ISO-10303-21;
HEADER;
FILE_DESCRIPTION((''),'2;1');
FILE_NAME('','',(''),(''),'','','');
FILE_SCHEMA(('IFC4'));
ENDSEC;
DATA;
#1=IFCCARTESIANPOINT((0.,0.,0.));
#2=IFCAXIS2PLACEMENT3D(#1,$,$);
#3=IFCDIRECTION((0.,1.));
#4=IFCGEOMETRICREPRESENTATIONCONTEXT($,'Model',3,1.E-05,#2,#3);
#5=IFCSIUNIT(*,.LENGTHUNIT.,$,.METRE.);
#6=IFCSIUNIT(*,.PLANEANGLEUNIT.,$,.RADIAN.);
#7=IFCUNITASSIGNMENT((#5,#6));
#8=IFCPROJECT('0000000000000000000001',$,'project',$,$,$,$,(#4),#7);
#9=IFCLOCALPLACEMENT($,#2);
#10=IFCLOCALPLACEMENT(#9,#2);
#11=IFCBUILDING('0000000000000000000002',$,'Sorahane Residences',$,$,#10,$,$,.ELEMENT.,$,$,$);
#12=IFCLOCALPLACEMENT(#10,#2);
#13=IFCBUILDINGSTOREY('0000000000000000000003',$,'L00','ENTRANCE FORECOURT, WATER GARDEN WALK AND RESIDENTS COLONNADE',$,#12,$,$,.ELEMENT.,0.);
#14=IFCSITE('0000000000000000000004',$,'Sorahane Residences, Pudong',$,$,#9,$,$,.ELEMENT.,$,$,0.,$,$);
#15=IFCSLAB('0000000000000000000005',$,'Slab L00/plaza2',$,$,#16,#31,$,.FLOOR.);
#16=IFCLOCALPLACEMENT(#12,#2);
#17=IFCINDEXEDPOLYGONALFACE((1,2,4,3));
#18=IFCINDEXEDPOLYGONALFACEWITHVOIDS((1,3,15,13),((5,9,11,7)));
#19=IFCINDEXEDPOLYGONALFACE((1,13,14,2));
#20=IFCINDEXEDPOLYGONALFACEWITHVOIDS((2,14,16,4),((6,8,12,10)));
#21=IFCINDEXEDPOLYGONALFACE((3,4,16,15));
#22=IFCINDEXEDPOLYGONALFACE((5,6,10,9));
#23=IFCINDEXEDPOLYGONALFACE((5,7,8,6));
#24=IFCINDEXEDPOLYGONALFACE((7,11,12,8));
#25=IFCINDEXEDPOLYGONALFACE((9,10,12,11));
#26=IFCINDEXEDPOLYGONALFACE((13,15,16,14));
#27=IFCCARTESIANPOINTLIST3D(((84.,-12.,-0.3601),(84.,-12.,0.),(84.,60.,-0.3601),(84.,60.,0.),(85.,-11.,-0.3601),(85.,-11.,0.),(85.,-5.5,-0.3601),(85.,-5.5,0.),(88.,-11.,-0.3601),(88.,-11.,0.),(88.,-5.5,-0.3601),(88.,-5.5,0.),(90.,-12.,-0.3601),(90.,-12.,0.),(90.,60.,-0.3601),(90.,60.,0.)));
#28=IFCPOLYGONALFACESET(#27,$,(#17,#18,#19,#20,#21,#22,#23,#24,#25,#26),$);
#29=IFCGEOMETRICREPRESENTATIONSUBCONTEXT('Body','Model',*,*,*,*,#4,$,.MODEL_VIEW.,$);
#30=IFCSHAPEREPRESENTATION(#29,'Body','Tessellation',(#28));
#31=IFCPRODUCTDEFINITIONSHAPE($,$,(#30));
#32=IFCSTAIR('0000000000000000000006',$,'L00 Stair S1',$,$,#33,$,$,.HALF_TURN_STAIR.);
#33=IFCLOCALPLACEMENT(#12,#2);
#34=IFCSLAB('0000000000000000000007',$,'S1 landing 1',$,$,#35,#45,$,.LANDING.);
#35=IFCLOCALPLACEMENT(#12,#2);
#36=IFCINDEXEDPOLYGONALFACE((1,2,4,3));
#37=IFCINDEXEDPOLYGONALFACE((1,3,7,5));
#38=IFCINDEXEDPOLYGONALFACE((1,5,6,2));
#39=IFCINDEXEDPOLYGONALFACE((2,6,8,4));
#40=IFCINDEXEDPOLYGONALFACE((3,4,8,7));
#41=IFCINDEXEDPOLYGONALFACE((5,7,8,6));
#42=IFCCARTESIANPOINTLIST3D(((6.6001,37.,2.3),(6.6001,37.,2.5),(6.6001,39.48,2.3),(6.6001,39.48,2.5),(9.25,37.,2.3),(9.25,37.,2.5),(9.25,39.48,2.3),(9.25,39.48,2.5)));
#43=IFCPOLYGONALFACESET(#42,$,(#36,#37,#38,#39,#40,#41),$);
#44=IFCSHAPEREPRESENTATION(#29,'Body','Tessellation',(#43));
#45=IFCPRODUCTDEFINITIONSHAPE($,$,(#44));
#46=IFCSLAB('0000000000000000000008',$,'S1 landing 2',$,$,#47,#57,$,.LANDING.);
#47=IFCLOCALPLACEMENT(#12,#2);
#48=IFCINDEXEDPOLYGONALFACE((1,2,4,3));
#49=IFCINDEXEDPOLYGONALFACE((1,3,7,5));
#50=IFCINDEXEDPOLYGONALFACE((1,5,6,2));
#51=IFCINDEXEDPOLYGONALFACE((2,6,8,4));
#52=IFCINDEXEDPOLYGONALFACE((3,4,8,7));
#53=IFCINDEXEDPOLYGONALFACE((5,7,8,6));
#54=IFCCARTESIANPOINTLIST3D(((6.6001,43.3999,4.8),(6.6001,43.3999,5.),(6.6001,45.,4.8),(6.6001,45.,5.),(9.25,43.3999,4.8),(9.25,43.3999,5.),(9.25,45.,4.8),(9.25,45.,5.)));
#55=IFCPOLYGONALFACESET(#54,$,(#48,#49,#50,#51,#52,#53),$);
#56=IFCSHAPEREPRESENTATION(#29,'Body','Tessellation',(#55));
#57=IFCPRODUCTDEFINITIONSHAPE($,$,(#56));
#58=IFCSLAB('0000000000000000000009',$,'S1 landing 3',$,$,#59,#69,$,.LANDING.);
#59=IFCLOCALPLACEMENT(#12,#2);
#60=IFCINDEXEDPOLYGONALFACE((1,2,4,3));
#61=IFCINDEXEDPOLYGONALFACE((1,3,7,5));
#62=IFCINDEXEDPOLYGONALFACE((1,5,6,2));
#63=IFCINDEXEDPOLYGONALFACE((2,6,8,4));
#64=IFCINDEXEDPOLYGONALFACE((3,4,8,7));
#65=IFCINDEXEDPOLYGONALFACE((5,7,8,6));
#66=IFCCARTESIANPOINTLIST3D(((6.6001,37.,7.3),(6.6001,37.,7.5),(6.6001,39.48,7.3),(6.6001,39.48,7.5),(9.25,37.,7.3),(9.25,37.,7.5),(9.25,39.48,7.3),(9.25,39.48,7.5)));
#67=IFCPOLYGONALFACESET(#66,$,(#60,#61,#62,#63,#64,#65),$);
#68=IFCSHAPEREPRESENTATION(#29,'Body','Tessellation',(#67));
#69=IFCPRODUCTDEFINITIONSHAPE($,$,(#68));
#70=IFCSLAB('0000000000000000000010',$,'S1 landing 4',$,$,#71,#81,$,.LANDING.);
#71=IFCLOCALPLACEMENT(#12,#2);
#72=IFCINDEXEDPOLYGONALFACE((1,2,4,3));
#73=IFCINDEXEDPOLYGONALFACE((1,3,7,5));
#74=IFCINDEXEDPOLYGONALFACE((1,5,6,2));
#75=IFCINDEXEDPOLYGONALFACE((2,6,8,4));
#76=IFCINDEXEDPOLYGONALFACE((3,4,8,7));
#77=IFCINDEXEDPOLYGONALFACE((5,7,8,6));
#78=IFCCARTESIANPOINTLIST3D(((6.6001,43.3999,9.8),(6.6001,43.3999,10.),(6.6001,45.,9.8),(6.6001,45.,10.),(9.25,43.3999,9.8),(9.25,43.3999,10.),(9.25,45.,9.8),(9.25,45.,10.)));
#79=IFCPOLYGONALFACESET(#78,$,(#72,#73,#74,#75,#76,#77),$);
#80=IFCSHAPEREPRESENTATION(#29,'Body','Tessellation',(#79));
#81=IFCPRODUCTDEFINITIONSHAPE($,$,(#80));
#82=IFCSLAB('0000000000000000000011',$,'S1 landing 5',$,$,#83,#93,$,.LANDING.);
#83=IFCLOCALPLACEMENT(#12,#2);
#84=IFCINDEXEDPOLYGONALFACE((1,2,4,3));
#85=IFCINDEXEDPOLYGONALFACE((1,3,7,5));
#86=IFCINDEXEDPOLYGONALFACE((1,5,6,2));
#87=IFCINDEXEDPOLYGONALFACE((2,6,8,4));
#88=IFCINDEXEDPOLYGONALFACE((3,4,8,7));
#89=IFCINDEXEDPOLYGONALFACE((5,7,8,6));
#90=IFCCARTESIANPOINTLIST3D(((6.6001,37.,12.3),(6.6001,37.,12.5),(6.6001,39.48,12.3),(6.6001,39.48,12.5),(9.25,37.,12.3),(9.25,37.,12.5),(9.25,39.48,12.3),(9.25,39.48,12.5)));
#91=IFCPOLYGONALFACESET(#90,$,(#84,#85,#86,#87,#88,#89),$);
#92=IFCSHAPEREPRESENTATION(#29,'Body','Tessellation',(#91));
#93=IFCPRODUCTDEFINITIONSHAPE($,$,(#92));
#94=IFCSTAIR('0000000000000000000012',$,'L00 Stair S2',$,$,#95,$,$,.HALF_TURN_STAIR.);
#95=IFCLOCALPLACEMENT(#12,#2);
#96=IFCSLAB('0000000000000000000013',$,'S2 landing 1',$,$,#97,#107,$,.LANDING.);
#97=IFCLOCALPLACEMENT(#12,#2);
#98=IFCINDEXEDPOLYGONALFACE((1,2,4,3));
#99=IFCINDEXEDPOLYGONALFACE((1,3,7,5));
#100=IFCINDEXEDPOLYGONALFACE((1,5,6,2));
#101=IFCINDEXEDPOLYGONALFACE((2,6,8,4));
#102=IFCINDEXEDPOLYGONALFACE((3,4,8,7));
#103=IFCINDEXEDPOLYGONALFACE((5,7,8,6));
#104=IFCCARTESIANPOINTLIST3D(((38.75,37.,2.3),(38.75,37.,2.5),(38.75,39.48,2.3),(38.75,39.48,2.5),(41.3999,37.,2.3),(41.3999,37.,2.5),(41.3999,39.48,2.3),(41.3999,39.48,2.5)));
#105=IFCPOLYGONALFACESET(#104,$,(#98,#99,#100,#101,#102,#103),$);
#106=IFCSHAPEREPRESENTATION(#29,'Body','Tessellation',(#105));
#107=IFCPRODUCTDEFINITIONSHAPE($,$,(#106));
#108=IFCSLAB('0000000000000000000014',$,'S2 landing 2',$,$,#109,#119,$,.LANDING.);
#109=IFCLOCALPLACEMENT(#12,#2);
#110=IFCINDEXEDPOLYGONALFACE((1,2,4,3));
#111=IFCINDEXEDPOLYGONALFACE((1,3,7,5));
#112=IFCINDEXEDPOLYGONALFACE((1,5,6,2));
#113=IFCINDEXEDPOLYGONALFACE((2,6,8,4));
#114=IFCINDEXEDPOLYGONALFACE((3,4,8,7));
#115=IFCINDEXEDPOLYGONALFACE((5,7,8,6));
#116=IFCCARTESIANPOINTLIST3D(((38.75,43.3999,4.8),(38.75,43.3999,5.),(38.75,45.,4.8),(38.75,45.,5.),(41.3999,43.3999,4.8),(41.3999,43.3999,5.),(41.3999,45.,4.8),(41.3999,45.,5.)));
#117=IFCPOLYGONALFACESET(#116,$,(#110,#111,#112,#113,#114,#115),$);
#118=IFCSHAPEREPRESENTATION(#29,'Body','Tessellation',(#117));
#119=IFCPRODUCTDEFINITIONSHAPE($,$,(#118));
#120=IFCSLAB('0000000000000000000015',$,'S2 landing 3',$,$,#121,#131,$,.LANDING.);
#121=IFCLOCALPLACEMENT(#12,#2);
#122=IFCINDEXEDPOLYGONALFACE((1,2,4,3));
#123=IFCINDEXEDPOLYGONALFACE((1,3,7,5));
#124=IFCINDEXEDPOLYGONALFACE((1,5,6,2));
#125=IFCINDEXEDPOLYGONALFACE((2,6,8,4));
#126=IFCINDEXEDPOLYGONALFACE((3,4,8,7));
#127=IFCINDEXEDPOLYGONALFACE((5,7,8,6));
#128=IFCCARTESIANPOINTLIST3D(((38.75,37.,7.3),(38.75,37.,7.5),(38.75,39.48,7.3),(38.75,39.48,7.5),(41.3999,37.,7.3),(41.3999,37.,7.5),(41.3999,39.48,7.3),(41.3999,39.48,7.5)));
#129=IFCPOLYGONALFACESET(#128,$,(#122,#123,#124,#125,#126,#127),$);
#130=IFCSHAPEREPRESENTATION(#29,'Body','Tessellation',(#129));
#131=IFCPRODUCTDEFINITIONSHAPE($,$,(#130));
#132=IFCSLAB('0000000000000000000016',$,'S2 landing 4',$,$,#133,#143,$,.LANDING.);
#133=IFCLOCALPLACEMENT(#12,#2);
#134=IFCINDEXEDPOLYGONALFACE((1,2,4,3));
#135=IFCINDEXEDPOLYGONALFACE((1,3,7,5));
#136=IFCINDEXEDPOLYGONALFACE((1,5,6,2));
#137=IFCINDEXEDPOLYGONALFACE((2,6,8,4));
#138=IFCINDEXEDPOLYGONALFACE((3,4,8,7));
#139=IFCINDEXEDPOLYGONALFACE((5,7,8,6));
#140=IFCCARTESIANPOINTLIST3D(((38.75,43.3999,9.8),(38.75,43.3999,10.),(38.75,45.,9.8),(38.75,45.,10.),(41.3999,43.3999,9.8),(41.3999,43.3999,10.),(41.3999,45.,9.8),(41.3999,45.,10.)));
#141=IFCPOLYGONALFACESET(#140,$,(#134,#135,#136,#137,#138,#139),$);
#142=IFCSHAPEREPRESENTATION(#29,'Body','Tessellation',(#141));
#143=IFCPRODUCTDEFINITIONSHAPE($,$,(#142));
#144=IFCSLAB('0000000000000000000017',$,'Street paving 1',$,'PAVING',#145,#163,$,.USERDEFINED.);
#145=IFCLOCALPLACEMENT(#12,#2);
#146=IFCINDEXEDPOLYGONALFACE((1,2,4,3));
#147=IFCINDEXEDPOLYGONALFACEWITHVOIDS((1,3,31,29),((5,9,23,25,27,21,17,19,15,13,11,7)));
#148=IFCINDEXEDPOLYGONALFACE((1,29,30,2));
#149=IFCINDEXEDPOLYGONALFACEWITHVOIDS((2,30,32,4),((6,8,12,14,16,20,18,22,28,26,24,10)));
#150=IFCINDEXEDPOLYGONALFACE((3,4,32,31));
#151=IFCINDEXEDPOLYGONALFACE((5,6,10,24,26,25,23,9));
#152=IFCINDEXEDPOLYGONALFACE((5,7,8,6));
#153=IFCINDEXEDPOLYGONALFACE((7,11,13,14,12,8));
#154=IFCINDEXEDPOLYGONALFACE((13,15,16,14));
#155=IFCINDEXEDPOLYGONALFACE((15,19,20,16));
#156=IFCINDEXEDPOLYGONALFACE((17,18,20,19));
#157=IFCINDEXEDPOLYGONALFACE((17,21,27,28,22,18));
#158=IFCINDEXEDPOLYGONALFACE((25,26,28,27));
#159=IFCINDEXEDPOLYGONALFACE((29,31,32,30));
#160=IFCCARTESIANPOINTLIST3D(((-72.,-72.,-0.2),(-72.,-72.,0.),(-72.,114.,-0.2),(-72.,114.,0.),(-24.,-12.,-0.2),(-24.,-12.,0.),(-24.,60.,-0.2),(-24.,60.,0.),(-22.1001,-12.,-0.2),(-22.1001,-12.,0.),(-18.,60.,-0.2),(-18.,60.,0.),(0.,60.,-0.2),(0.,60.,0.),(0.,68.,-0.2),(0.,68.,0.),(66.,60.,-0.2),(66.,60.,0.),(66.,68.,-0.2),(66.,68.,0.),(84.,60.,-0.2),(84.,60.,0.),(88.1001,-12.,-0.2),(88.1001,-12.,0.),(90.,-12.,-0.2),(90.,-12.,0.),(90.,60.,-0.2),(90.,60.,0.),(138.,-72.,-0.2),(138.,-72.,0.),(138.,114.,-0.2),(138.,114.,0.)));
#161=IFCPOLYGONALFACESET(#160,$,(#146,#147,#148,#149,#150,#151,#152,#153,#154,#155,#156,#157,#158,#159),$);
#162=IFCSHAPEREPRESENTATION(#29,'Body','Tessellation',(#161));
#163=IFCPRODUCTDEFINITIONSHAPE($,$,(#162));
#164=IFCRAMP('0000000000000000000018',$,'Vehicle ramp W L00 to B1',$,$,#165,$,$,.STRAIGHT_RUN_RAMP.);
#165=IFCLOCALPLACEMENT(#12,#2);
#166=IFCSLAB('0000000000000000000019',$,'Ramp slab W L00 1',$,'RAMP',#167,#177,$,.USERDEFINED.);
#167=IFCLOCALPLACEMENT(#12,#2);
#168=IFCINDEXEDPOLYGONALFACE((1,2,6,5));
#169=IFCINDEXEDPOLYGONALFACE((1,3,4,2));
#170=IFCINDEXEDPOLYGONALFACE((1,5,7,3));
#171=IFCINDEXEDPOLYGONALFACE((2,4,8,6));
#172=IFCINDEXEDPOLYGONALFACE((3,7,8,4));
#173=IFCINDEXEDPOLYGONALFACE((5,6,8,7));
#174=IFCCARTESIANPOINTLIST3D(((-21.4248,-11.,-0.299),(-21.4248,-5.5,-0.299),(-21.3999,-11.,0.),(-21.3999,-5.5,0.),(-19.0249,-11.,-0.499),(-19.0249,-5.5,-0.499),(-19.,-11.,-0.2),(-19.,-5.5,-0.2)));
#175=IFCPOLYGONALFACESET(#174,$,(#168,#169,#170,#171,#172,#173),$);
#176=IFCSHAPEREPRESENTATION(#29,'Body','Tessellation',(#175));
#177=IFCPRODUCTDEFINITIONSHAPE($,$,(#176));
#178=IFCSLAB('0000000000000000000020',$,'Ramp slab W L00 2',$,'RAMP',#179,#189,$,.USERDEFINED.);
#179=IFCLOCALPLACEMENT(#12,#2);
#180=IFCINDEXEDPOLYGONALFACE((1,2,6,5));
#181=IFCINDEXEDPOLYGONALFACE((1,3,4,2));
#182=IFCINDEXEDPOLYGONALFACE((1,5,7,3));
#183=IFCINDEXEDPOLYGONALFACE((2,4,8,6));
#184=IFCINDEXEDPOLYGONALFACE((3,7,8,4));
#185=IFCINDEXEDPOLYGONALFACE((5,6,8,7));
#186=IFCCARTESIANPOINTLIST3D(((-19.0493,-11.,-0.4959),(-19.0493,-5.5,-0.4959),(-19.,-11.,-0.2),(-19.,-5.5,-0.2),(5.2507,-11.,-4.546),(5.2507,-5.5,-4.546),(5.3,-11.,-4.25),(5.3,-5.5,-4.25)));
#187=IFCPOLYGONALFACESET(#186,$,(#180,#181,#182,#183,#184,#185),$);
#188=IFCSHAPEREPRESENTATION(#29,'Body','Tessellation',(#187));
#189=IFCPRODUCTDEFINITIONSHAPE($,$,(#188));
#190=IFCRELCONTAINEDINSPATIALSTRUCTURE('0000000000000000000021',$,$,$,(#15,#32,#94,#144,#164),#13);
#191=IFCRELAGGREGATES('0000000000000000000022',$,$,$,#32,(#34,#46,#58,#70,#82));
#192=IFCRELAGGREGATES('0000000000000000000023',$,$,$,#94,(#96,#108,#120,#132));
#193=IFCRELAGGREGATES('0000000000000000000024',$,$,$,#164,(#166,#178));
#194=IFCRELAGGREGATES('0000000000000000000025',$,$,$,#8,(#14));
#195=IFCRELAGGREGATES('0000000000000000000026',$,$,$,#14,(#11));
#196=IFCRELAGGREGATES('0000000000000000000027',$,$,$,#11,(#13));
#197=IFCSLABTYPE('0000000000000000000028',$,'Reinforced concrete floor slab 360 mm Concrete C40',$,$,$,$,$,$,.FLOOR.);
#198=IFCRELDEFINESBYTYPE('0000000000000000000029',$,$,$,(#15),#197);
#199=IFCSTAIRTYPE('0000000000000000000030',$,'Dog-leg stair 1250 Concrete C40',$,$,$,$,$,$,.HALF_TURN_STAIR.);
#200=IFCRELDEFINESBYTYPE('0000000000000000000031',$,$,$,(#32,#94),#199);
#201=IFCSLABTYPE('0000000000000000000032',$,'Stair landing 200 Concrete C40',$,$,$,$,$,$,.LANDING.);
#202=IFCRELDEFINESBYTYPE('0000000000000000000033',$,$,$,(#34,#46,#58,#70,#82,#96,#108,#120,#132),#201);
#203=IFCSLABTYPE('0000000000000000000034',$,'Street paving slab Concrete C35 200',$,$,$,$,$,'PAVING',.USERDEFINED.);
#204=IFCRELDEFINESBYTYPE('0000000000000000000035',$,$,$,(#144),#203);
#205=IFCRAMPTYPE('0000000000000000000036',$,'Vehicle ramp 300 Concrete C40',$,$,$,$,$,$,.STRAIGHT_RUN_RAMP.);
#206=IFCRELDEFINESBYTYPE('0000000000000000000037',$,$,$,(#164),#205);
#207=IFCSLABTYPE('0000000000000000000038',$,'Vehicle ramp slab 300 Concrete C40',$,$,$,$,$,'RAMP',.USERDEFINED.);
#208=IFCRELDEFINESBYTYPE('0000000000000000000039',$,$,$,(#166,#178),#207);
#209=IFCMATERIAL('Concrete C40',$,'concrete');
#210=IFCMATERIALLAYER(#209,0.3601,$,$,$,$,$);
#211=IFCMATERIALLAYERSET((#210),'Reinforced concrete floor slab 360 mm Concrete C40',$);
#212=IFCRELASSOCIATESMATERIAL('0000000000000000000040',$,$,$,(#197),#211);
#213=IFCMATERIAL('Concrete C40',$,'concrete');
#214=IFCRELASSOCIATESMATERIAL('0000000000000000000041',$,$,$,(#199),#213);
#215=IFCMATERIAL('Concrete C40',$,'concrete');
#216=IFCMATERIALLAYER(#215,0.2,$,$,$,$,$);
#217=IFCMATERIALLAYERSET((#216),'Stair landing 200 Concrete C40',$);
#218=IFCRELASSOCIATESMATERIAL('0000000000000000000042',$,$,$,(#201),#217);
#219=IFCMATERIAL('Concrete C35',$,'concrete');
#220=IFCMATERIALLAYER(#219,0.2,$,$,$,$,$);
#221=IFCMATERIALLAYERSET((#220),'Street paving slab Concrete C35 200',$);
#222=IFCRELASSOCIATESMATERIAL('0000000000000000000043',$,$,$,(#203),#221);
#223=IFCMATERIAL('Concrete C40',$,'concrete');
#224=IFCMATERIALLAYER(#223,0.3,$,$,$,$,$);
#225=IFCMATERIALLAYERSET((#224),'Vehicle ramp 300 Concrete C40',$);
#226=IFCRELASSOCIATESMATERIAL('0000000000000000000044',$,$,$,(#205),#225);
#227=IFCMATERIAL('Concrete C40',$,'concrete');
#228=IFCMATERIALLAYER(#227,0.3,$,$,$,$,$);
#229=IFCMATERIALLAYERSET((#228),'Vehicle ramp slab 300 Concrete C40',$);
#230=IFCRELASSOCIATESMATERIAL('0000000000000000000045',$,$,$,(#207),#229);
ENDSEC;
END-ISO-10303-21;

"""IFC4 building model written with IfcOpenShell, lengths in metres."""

from ifc_helpers import new_model, si_unit, direction, frame, origin, place, context, subcontext, project, spatial, polyline, outline, extrude, material, layer, layer_set, type_object, element, aggregate, save


model = new_model("IFC4")

# Units and contexts
model_context = context("Model", 3, precision=1e-05, world=origin(), true_north=direction((0.0, 1.0)))
body_context = subcontext(model_context, "Body", "Model", "MODEL_VIEW")
ifc_project = project(units=[si_unit("LENGTHUNIT", "METRE"), si_unit("PLANEANGLEUNIT", "RADIAN")], contexts=[model_context])

# Site, building, storey
site_placement = place(None, origin())
site = spatial("IfcSite", under=ifc_project, at=site_placement, Name="Sorahane Residences, Pudong", CompositionType="ELEMENT", RefElevation=0.0)
building_placement = place(site_placement, origin())
building = spatial("IfcBuilding", under=site, at=building_placement, Name="Sorahane Residences", CompositionType="ELEMENT")
storey_placement = place(building_placement, origin())
storey = spatial("IfcBuildingStorey", under=building, at=storey_placement, Name="L00", Description="ENTRANCE FORECOURT, WATER GARDEN WALK AND RESIDENTS COLONNADE", CompositionType="ELEMENT", Elevation=0.0)

# Slab
ifc_material_1 = material(Name="Concrete C40", Category="concrete")
ifc_layer_1 = layer(ifc_material_1, 0.3601)
ifc_layer_set_1 = layer_set([ifc_layer_1], Name="Reinforced concrete floor slab 360 mm Concrete C40")
slab_type_1 = type_object("IfcSlabType", Name="Reinforced concrete floor slab 360 mm Concrete C40", PredefinedType="FLOOR", material=ifc_layer_set_1)
slab_1_placement = place(storey_placement, frame((0.0, 0.0, -0.3601)))
element("IfcSlab", 1, at=slab_1_placement, inside=storey, type_object=slab_type_1, Name="Slab L00/plaza2", PredefinedType="FLOOR", context=body_context, shape_type="SweptSolid", body=[
    extrude(outline(polyline([(90.0, -12.0), (84.0, -12.0), (84.0, 60.0), (90.0, 60.0), (90.0, -12.0)]), holes=[polyline([(88.0, -11.0), (88.0, -5.5), (85.0, -5.5), (85.0, -11.0), (88.0, -11.0)])]), origin(), (0.0, 0.0, 1.0), 0.3601),
])

# Stairs, slabs
ifc_material_2 = material(Name="Concrete C40", Category="concrete")
stair_type = type_object("IfcStairType", Name="Dog-leg stair 1250 Concrete C40", PredefinedType="HALF_TURN_STAIR", material=ifc_material_2)
stair_1_placement = place(storey_placement, origin())
stair_1 = element("IfcStair", 2, at=stair_1_placement, inside=storey, type_object=stair_type, Name="L00 Stair S1", PredefinedType="HALF_TURN_STAIR")
ifc_material_3 = material(Name="Concrete C40", Category="concrete")
ifc_layer_2 = layer(ifc_material_3, 0.2)
ifc_layer_set_2 = layer_set([ifc_layer_2], Name="Stair landing 200 Concrete C40")
slab_type_2 = type_object("IfcSlabType", Name="Stair landing 200 Concrete C40", PredefinedType="LANDING", material=ifc_layer_set_2)
slab_2_placement = place(storey_placement, frame((0.0, 0.0, 2.3)))
slab_2 = element("IfcSlab", 3, at=slab_2_placement, type_object=slab_type_2, Name="S1 landing 1", PredefinedType="LANDING", context=body_context, shape_type="SweptSolid", body=[
    extrude(outline(polyline([(6.6001, 39.48), (6.6001, 37.0), (9.25, 37.0), (9.25, 39.48), (6.6001, 39.48)])), origin(), (0.0, 0.0, 1.0), 0.2),
])
slab_3_placement = place(storey_placement, frame((0.0, 0.0, 4.8)))
slab_3 = element("IfcSlab", 4, at=slab_3_placement, type_object=slab_type_2, Name="S1 landing 2", PredefinedType="LANDING", context=body_context, shape_type="SweptSolid", body=[
    extrude(outline(polyline([(6.6001, 45.0), (6.6001, 43.3999), (9.25, 43.3999), (9.25, 45.0), (6.6001, 45.0)])), origin(), (0.0, 0.0, 1.0), 0.2),
])
slab_4_placement = place(storey_placement, frame((0.0, 0.0, 7.3)))
slab_4 = element("IfcSlab", 5, at=slab_4_placement, type_object=slab_type_2, Name="S1 landing 3", PredefinedType="LANDING", context=body_context, shape_type="SweptSolid", body=[
    extrude(outline(polyline([(6.6001, 39.48), (6.6001, 37.0), (9.25, 37.0), (9.25, 39.48), (6.6001, 39.48)])), origin(), (0.0, 0.0, 1.0), 0.2),
])
slab_5_placement = place(storey_placement, frame((0.0, 0.0, 9.8)))
slab_5 = element("IfcSlab", 6, at=slab_5_placement, type_object=slab_type_2, Name="S1 landing 4", PredefinedType="LANDING", context=body_context, shape_type="SweptSolid", body=[
    extrude(outline(polyline([(6.6001, 45.0), (6.6001, 43.3999), (9.25, 43.3999), (9.25, 45.0), (6.6001, 45.0)])), origin(), (0.0, 0.0, 1.0), 0.2),
])
slab_6_placement = place(storey_placement, frame((0.0, 0.0, 12.3)))
slab_6 = element("IfcSlab", 7, at=slab_6_placement, type_object=slab_type_2, Name="S1 landing 5", PredefinedType="LANDING", context=body_context, shape_type="SweptSolid", body=[
    extrude(outline(polyline([(6.6001, 39.48), (6.6001, 37.0), (9.25, 37.0), (9.25, 39.48), (6.6001, 39.48)])), origin(), (0.0, 0.0, 1.0), 0.2),
])
aggregate(stair_1, [slab_2, slab_3, slab_4, slab_5, slab_6])
stair_2_placement = place(storey_placement, origin())
stair_2 = element("IfcStair", 8, at=stair_2_placement, inside=storey, type_object=stair_type, Name="L00 Stair S2", PredefinedType="HALF_TURN_STAIR")
slab_7_placement = place(storey_placement, frame((0.0, 0.0, 2.3)))
slab_7 = element("IfcSlab", 9, at=slab_7_placement, type_object=slab_type_2, Name="S2 landing 1", PredefinedType="LANDING", context=body_context, shape_type="SweptSolid", body=[
    extrude(outline(polyline([(38.75, 39.48), (38.75, 37.0), (41.3999, 37.0), (41.3999, 39.48), (38.75, 39.48)])), origin(), (0.0, 0.0, 1.0), 0.2),
])
slab_8_placement = place(storey_placement, frame((0.0, 0.0, 4.8)))
slab_8 = element("IfcSlab", 10, at=slab_8_placement, type_object=slab_type_2, Name="S2 landing 2", PredefinedType="LANDING", context=body_context, shape_type="SweptSolid", body=[
    extrude(outline(polyline([(38.75, 45.0), (38.75, 43.3999), (41.3999, 43.3999), (41.3999, 45.0), (38.75, 45.0)])), origin(), (0.0, 0.0, 1.0), 0.2),
])
slab_9_placement = place(storey_placement, frame((0.0, 0.0, 7.3)))
slab_9 = element("IfcSlab", 11, at=slab_9_placement, type_object=slab_type_2, Name="S2 landing 3", PredefinedType="LANDING", context=body_context, shape_type="SweptSolid", body=[
    extrude(outline(polyline([(38.75, 39.48), (38.75, 37.0), (41.3999, 37.0), (41.3999, 39.48), (38.75, 39.48)])), origin(), (0.0, 0.0, 1.0), 0.2),
])
slab_10_placement = place(storey_placement, frame((0.0, 0.0, 9.8)))
slab_10 = element("IfcSlab", 12, at=slab_10_placement, type_object=slab_type_2, Name="S2 landing 4", PredefinedType="LANDING", context=body_context, shape_type="SweptSolid", body=[
    extrude(outline(polyline([(38.75, 45.0), (38.75, 43.3999), (41.3999, 43.3999), (41.3999, 45.0), (38.75, 45.0)])), origin(), (0.0, 0.0, 1.0), 0.2),
])
aggregate(stair_2, [slab_7, slab_8, slab_9, slab_10])

# Slab
ifc_material_4 = material(Name="Concrete C35", Category="concrete")
ifc_layer_3 = layer(ifc_material_4, 0.2)
ifc_layer_set_3 = layer_set([ifc_layer_3], Name="Street paving slab Concrete C35 200")
slab_type_3 = type_object("IfcSlabType", Name="Street paving slab Concrete C35 200", ElementType="PAVING", PredefinedType="USERDEFINED", material=ifc_layer_set_3)
slab_11_placement = place(storey_placement, frame((0.0, 0.0, -0.2)))
element("IfcSlab", 13, at=slab_11_placement, inside=storey, type_object=slab_type_3, Name="Street paving 1", ObjectType="PAVING", PredefinedType="USERDEFINED", context=body_context, shape_type="SweptSolid", body=[
    extrude(outline(polyline([(-72.0, 114.0), (138.0, 114.0), (138.0, -72.0), (-72.0, -72.0), (-72.0, 114.0)]), holes=[polyline([(84.0, 60.0), (66.0, 60.0), (66.0, 68.0), (0.0, 68.0), (0.0, 60.0), (-18.0, 60.0), (-24.0, 60.0), (-24.0, -12.0), (-22.1001, -12.0), (88.1001, -12.0), (90.0, -12.0), (90.0, 60.0), (84.0, 60.0)])]), origin(), (0.0, 0.0, 1.0), 0.2),
])

# Ramp, slabs
ifc_material_5 = material(Name="Concrete C40", Category="concrete")
ifc_layer_4 = layer(ifc_material_5, 0.3)
ifc_layer_set_4 = layer_set([ifc_layer_4], Name="Vehicle ramp 300 Concrete C40")
ramp_type = type_object("IfcRampType", Name="Vehicle ramp 300 Concrete C40", PredefinedType="STRAIGHT_RUN_RAMP", material=ifc_layer_set_4)
ramp_placement = place(storey_placement, origin())
ramp = element("IfcRamp", 14, at=ramp_placement, inside=storey, type_object=ramp_type, Name="Vehicle ramp W L00 to B1", PredefinedType="STRAIGHT_RUN_RAMP")
ifc_material_6 = material(Name="Concrete C40", Category="concrete")
ifc_layer_5 = layer(ifc_material_6, 0.3)
ifc_layer_set_5 = layer_set([ifc_layer_5], Name="Vehicle ramp slab 300 Concrete C40")
slab_type_4 = type_object("IfcSlabType", Name="Vehicle ramp slab 300 Concrete C40", ElementType="RAMP", PredefinedType="USERDEFINED", material=ifc_layer_set_5)
slab_12_placement = place(storey_placement, frame((-21.3999, -11.0, 0.0), z_axis=(0.083029, 0.0, 0.996547), x_axis=(0.996547, 0.0, -0.083029)))
slab_12 = element("IfcSlab", 15, at=slab_12_placement, type_object=slab_type_4, Name="Ramp slab W L00 1", ObjectType="RAMP", PredefinedType="USERDEFINED", context=body_context, shape_type="SweptSolid", body=[
    extrude(outline(polyline([(0.0, 0.0), (2.4082, 0.0), (2.4082, 5.5), (0.0, 5.5), (0.0, 0.0)])), origin(), (0.0, 0.0, -1.0), 0.3),
])
slab_13_placement = place(storey_placement, frame((-19.0, -11.0, -0.2), z_axis=(0.164401, 0.0, 0.986394), x_axis=(0.986394, 0.0, -0.164401)))
slab_13 = element("IfcSlab", 16, at=slab_13_placement, type_object=slab_type_4, Name="Ramp slab W L00 2", ObjectType="RAMP", PredefinedType="USERDEFINED", context=body_context, shape_type="SweptSolid", body=[
    extrude(outline(polyline([(0.0, 0.0), (24.6352, 0.0), (24.6352, 5.5), (0.0, 5.5), (0.0, 0.0)])), origin(), (0.0, 0.0, -1.0), 0.3),
])

aggregate(ramp, [slab_12, slab_13])

save(model, "model.ifc")
